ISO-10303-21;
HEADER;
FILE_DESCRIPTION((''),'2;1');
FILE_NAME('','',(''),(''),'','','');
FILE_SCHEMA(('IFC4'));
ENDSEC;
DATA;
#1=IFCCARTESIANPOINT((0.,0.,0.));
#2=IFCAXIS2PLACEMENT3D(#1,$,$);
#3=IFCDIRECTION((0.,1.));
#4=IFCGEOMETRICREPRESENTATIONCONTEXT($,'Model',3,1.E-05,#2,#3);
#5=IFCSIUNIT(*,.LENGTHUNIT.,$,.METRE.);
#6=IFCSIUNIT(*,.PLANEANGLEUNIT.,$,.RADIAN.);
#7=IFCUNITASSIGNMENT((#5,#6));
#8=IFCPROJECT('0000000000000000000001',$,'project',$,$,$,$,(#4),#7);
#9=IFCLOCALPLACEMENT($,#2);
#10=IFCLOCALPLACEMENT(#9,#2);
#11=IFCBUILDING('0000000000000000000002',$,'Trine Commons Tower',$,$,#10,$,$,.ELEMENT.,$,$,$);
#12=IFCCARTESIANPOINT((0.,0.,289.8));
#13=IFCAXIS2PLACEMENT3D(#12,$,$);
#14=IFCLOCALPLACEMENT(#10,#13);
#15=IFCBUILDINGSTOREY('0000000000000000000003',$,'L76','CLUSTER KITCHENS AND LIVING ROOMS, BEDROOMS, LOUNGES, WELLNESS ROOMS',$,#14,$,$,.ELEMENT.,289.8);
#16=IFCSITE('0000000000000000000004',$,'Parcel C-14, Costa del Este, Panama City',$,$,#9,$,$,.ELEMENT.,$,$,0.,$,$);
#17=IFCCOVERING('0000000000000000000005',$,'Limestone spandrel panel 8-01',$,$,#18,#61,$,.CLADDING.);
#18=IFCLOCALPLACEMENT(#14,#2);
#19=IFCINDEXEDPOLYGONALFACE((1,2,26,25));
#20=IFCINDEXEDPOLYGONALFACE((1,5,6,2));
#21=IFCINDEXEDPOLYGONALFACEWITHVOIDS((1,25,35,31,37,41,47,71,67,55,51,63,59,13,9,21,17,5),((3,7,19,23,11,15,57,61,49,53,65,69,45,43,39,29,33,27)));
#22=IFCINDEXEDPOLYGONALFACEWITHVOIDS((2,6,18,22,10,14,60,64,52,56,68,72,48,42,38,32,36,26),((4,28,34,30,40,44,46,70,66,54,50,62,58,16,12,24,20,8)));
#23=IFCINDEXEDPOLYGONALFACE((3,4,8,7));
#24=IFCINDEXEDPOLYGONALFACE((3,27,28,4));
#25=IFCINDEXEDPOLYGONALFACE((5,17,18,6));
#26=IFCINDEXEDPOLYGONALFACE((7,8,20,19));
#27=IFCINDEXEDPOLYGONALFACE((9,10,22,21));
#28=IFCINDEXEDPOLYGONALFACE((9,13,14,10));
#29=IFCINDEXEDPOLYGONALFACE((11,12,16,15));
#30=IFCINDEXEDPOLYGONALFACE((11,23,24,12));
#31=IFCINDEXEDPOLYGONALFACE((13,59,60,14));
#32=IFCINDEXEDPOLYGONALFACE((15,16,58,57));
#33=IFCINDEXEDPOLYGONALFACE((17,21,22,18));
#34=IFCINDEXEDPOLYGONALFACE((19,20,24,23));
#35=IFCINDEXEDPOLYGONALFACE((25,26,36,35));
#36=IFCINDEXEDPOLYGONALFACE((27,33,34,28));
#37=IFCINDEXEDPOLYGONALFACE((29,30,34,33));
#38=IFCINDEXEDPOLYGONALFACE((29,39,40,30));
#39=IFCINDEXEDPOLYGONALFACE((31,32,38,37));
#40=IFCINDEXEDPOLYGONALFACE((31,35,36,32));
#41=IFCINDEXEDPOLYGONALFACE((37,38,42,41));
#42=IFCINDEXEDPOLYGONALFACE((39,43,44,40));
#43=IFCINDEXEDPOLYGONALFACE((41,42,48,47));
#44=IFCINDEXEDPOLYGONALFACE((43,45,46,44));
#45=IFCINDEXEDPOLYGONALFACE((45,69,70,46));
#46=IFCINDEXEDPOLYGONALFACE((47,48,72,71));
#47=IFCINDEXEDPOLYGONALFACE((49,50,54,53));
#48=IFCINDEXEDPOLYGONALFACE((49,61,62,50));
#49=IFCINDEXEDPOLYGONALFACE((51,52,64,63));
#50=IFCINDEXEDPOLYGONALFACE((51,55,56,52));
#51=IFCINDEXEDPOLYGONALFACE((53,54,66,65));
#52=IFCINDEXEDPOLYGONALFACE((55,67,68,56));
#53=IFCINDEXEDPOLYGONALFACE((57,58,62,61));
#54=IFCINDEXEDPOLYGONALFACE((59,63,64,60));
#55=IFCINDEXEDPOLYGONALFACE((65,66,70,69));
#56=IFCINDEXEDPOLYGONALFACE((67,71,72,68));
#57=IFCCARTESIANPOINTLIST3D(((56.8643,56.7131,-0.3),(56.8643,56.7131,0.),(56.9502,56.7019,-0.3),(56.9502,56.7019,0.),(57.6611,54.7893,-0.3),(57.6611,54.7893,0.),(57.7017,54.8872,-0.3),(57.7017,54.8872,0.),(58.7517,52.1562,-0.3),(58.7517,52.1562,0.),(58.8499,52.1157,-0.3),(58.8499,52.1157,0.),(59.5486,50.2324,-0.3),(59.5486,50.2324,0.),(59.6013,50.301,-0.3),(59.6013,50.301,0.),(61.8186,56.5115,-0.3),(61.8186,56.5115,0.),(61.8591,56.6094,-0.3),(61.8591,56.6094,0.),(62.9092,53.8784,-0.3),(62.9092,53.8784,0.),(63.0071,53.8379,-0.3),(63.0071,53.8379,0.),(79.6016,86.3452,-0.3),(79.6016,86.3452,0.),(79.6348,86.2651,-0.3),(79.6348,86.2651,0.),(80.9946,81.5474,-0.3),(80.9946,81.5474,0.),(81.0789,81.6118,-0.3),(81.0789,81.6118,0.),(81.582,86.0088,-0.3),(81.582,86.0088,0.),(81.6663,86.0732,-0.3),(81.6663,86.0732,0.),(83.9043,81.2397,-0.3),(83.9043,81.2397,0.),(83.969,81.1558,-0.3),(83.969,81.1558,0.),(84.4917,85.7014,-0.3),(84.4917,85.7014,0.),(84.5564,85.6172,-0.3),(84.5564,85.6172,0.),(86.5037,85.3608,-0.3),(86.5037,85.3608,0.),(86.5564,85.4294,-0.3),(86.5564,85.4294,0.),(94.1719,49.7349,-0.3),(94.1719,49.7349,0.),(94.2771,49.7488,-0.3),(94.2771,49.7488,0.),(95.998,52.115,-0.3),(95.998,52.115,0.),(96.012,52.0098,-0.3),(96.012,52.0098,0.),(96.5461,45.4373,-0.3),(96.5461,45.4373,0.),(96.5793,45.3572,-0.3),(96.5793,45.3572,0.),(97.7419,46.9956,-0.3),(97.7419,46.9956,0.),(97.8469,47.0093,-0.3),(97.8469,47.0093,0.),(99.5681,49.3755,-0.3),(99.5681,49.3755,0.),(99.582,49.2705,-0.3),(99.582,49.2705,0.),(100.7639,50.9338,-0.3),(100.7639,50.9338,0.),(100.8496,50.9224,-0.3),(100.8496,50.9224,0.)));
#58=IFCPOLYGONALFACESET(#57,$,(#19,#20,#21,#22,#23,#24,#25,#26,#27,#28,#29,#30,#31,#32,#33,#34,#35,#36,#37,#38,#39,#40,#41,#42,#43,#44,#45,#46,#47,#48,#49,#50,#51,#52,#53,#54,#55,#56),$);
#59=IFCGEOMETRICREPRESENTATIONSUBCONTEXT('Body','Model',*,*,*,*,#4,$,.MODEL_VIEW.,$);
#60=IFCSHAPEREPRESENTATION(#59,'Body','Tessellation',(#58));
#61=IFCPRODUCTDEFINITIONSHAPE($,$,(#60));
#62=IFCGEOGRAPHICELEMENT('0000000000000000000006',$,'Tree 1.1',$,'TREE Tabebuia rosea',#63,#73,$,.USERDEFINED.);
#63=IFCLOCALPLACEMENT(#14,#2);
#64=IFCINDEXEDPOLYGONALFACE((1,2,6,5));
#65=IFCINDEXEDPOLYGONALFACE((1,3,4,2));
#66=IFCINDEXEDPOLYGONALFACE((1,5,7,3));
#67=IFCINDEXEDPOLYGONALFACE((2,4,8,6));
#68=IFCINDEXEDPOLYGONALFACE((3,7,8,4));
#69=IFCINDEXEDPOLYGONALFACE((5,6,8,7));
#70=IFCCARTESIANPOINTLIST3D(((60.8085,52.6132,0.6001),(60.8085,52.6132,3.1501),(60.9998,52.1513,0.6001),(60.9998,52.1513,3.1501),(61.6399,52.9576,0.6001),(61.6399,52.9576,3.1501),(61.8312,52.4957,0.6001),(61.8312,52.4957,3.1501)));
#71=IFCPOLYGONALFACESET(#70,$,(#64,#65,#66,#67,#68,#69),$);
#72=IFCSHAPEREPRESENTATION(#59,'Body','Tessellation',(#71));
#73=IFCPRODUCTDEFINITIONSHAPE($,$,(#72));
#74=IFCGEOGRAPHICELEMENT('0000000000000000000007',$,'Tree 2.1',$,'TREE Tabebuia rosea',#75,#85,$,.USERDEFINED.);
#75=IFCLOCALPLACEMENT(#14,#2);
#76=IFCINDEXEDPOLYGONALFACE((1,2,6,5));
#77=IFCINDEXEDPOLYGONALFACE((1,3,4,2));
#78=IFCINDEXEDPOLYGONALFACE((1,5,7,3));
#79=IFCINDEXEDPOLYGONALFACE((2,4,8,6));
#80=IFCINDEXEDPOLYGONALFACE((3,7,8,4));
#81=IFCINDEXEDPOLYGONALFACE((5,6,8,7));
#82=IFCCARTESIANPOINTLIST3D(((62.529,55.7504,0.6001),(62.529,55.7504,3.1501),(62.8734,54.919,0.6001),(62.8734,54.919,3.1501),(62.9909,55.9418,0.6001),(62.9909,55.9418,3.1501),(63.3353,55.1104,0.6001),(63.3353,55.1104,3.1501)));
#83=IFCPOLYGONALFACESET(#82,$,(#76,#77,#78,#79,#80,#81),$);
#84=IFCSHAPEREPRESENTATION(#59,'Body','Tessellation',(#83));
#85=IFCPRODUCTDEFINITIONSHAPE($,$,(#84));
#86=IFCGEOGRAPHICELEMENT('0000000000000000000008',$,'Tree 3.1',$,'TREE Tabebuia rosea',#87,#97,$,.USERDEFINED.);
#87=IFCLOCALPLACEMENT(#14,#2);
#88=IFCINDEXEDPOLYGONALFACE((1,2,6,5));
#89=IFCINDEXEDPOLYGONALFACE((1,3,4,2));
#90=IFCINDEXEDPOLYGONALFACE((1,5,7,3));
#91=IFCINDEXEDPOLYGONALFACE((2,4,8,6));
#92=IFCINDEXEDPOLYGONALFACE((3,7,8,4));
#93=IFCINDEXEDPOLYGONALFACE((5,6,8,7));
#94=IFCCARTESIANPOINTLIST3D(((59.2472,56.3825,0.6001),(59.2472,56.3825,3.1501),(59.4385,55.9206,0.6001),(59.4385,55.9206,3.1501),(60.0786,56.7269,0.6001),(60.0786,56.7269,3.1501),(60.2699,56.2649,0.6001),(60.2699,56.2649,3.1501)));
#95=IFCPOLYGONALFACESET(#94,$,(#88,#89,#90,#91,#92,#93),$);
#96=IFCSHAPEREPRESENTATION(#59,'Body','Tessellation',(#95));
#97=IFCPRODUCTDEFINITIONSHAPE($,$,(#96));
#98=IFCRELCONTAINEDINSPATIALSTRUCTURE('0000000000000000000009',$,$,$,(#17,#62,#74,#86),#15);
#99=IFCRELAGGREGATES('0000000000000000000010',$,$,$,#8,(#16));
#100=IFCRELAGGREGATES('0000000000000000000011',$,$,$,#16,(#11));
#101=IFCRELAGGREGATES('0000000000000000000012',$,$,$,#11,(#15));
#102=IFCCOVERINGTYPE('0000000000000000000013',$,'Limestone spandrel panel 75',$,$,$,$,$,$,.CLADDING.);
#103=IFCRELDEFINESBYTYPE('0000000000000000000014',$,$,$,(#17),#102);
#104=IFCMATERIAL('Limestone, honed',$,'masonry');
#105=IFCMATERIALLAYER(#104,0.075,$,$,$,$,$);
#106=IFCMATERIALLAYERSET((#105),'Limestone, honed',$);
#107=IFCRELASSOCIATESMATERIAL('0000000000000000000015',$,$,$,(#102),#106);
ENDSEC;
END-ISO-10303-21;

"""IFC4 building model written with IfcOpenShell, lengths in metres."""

from ifc_helpers import new_model, si_unit, direction, frame, origin, origin_2d, place, context, subcontext, project, spatial, polyline, rectangle, outline, extrude, material, layer, layer_set, type_object, element, save


model = new_model("IFC4")

# Units and contexts
model_context = context("Model", 3, precision=1e-05, world=origin(), true_north=direction((0.0, 1.0)))
body_context = subcontext(model_context, "Body", "Model", "MODEL_VIEW")
ifc_project = project(units=[si_unit("LENGTHUNIT", "METRE"), si_unit("PLANEANGLEUNIT", "RADIAN")], contexts=[model_context])

# Site, building, storey
site_placement = place(None, origin())
site = spatial("IfcSite", under=ifc_project, at=site_placement, Name="Parcel C-14, Costa del Este, Panama City", CompositionType="ELEMENT", RefElevation=0.0)
building_placement = place(site_placement, origin())
building = spatial("IfcBuilding", under=site, at=building_placement, Name="Trine Commons Tower", CompositionType="ELEMENT")
storey_placement = place(building_placement, frame((0.0, 0.0, 289.8)))
storey = spatial("IfcBuildingStorey", under=building, at=storey_placement, Name="L76", Description="CLUSTER KITCHENS AND LIVING ROOMS, BEDROOMS, LOUNGES, WELLNESS ROOMS", CompositionType="ELEMENT", Elevation=289.8)

# Covering
ifc_material_1 = material(Name="Limestone, honed", Category="masonry")
ifc_layer_1 = layer(ifc_material_1, 0.075)
ifc_layer_set_1 = layer_set([ifc_layer_1], Name="Limestone, honed")
covering_type_1 = type_object("IfcCoveringType", Name="Limestone spandrel panel 75", PredefinedType="CLADDING", material=ifc_layer_set_1)
covering_1_placement = place(storey_placement, frame((0.0, 0.0, -0.3)))
element("IfcCovering", 1, at=covering_1_placement, inside=storey, type_object=covering_type_1, Name="Limestone spandrel panel 8-01", PredefinedType="CLADDING", context=body_context, shape_type="SweptSolid", body=[
    extrude(outline(polyline([(96.012, 52.0098), (99.582, 49.2705), (100.8496, 50.9224), (86.5564, 85.4294), (84.4917, 85.7014), (83.9043, 81.2397), (81.0789, 81.6118), (81.6663, 86.0732), (79.6016, 86.3452), (56.8643, 56.7131), (57.6611, 54.7893), (61.8186, 56.5115), (62.9092, 53.8784), (58.7517, 52.1562), (59.5486, 50.2324), (96.5793, 45.3572), (97.8469, 47.0093), (94.2771, 49.7488), (96.012, 52.0098)]), holes=[polyline([(84.5564, 85.6172), (86.5037, 85.3608), (100.7639, 50.9338), (99.5681, 49.3755), (95.998, 52.115), (94.1719, 49.7349), (97.7419, 46.9956), (96.5461, 45.4373), (59.6013, 50.301), (58.8499, 52.1157), (63.0071, 53.8379), (61.8591, 56.6094), (57.7017, 54.8872), (56.9502, 56.7019), (79.6348, 86.2651), (81.582, 86.0088), (80.9946, 81.5474), (83.969, 81.1558), (84.5564, 85.6172)])]), origin(), (0.0, 0.0, 1.0), 0.3),
])

# Geographic elements
for number, where, z_axis, x_axis, name in (
    (2, (61.3198, 52.5544, 0.6001), (0.0, 0.0, 1.0), (0.923886, 0.382669, 0.0), "Tree 1.1"),
    (3, (62.9321, 55.4304, 0.6001), (0.0, 0.0, 1.0), (-0.382688, 0.923878, 0.0), "Tree 2.1"),
    (4, (59.7585, 56.3237, 0.6001), (0.0, 0.0, 1.0), (-0.923886, -0.382669, 0.0), "Tree 3.1"),
):
    element("IfcGeographicElement", number, at=place(storey_placement, frame(where, z_axis=z_axis, x_axis=x_axis)), inside=storey, Name=name, ObjectType="TREE Tabebuia rosea", PredefinedType="USERDEFINED", context=body_context, shape_type="SweptSolid", body=[
        extrude(rectangle(XDim=0.8999, YDim=0.5, at=origin_2d()), origin(), (0.0, 0.0, 1.0), 2.55),
    ])

save(model, "model.ifc")
